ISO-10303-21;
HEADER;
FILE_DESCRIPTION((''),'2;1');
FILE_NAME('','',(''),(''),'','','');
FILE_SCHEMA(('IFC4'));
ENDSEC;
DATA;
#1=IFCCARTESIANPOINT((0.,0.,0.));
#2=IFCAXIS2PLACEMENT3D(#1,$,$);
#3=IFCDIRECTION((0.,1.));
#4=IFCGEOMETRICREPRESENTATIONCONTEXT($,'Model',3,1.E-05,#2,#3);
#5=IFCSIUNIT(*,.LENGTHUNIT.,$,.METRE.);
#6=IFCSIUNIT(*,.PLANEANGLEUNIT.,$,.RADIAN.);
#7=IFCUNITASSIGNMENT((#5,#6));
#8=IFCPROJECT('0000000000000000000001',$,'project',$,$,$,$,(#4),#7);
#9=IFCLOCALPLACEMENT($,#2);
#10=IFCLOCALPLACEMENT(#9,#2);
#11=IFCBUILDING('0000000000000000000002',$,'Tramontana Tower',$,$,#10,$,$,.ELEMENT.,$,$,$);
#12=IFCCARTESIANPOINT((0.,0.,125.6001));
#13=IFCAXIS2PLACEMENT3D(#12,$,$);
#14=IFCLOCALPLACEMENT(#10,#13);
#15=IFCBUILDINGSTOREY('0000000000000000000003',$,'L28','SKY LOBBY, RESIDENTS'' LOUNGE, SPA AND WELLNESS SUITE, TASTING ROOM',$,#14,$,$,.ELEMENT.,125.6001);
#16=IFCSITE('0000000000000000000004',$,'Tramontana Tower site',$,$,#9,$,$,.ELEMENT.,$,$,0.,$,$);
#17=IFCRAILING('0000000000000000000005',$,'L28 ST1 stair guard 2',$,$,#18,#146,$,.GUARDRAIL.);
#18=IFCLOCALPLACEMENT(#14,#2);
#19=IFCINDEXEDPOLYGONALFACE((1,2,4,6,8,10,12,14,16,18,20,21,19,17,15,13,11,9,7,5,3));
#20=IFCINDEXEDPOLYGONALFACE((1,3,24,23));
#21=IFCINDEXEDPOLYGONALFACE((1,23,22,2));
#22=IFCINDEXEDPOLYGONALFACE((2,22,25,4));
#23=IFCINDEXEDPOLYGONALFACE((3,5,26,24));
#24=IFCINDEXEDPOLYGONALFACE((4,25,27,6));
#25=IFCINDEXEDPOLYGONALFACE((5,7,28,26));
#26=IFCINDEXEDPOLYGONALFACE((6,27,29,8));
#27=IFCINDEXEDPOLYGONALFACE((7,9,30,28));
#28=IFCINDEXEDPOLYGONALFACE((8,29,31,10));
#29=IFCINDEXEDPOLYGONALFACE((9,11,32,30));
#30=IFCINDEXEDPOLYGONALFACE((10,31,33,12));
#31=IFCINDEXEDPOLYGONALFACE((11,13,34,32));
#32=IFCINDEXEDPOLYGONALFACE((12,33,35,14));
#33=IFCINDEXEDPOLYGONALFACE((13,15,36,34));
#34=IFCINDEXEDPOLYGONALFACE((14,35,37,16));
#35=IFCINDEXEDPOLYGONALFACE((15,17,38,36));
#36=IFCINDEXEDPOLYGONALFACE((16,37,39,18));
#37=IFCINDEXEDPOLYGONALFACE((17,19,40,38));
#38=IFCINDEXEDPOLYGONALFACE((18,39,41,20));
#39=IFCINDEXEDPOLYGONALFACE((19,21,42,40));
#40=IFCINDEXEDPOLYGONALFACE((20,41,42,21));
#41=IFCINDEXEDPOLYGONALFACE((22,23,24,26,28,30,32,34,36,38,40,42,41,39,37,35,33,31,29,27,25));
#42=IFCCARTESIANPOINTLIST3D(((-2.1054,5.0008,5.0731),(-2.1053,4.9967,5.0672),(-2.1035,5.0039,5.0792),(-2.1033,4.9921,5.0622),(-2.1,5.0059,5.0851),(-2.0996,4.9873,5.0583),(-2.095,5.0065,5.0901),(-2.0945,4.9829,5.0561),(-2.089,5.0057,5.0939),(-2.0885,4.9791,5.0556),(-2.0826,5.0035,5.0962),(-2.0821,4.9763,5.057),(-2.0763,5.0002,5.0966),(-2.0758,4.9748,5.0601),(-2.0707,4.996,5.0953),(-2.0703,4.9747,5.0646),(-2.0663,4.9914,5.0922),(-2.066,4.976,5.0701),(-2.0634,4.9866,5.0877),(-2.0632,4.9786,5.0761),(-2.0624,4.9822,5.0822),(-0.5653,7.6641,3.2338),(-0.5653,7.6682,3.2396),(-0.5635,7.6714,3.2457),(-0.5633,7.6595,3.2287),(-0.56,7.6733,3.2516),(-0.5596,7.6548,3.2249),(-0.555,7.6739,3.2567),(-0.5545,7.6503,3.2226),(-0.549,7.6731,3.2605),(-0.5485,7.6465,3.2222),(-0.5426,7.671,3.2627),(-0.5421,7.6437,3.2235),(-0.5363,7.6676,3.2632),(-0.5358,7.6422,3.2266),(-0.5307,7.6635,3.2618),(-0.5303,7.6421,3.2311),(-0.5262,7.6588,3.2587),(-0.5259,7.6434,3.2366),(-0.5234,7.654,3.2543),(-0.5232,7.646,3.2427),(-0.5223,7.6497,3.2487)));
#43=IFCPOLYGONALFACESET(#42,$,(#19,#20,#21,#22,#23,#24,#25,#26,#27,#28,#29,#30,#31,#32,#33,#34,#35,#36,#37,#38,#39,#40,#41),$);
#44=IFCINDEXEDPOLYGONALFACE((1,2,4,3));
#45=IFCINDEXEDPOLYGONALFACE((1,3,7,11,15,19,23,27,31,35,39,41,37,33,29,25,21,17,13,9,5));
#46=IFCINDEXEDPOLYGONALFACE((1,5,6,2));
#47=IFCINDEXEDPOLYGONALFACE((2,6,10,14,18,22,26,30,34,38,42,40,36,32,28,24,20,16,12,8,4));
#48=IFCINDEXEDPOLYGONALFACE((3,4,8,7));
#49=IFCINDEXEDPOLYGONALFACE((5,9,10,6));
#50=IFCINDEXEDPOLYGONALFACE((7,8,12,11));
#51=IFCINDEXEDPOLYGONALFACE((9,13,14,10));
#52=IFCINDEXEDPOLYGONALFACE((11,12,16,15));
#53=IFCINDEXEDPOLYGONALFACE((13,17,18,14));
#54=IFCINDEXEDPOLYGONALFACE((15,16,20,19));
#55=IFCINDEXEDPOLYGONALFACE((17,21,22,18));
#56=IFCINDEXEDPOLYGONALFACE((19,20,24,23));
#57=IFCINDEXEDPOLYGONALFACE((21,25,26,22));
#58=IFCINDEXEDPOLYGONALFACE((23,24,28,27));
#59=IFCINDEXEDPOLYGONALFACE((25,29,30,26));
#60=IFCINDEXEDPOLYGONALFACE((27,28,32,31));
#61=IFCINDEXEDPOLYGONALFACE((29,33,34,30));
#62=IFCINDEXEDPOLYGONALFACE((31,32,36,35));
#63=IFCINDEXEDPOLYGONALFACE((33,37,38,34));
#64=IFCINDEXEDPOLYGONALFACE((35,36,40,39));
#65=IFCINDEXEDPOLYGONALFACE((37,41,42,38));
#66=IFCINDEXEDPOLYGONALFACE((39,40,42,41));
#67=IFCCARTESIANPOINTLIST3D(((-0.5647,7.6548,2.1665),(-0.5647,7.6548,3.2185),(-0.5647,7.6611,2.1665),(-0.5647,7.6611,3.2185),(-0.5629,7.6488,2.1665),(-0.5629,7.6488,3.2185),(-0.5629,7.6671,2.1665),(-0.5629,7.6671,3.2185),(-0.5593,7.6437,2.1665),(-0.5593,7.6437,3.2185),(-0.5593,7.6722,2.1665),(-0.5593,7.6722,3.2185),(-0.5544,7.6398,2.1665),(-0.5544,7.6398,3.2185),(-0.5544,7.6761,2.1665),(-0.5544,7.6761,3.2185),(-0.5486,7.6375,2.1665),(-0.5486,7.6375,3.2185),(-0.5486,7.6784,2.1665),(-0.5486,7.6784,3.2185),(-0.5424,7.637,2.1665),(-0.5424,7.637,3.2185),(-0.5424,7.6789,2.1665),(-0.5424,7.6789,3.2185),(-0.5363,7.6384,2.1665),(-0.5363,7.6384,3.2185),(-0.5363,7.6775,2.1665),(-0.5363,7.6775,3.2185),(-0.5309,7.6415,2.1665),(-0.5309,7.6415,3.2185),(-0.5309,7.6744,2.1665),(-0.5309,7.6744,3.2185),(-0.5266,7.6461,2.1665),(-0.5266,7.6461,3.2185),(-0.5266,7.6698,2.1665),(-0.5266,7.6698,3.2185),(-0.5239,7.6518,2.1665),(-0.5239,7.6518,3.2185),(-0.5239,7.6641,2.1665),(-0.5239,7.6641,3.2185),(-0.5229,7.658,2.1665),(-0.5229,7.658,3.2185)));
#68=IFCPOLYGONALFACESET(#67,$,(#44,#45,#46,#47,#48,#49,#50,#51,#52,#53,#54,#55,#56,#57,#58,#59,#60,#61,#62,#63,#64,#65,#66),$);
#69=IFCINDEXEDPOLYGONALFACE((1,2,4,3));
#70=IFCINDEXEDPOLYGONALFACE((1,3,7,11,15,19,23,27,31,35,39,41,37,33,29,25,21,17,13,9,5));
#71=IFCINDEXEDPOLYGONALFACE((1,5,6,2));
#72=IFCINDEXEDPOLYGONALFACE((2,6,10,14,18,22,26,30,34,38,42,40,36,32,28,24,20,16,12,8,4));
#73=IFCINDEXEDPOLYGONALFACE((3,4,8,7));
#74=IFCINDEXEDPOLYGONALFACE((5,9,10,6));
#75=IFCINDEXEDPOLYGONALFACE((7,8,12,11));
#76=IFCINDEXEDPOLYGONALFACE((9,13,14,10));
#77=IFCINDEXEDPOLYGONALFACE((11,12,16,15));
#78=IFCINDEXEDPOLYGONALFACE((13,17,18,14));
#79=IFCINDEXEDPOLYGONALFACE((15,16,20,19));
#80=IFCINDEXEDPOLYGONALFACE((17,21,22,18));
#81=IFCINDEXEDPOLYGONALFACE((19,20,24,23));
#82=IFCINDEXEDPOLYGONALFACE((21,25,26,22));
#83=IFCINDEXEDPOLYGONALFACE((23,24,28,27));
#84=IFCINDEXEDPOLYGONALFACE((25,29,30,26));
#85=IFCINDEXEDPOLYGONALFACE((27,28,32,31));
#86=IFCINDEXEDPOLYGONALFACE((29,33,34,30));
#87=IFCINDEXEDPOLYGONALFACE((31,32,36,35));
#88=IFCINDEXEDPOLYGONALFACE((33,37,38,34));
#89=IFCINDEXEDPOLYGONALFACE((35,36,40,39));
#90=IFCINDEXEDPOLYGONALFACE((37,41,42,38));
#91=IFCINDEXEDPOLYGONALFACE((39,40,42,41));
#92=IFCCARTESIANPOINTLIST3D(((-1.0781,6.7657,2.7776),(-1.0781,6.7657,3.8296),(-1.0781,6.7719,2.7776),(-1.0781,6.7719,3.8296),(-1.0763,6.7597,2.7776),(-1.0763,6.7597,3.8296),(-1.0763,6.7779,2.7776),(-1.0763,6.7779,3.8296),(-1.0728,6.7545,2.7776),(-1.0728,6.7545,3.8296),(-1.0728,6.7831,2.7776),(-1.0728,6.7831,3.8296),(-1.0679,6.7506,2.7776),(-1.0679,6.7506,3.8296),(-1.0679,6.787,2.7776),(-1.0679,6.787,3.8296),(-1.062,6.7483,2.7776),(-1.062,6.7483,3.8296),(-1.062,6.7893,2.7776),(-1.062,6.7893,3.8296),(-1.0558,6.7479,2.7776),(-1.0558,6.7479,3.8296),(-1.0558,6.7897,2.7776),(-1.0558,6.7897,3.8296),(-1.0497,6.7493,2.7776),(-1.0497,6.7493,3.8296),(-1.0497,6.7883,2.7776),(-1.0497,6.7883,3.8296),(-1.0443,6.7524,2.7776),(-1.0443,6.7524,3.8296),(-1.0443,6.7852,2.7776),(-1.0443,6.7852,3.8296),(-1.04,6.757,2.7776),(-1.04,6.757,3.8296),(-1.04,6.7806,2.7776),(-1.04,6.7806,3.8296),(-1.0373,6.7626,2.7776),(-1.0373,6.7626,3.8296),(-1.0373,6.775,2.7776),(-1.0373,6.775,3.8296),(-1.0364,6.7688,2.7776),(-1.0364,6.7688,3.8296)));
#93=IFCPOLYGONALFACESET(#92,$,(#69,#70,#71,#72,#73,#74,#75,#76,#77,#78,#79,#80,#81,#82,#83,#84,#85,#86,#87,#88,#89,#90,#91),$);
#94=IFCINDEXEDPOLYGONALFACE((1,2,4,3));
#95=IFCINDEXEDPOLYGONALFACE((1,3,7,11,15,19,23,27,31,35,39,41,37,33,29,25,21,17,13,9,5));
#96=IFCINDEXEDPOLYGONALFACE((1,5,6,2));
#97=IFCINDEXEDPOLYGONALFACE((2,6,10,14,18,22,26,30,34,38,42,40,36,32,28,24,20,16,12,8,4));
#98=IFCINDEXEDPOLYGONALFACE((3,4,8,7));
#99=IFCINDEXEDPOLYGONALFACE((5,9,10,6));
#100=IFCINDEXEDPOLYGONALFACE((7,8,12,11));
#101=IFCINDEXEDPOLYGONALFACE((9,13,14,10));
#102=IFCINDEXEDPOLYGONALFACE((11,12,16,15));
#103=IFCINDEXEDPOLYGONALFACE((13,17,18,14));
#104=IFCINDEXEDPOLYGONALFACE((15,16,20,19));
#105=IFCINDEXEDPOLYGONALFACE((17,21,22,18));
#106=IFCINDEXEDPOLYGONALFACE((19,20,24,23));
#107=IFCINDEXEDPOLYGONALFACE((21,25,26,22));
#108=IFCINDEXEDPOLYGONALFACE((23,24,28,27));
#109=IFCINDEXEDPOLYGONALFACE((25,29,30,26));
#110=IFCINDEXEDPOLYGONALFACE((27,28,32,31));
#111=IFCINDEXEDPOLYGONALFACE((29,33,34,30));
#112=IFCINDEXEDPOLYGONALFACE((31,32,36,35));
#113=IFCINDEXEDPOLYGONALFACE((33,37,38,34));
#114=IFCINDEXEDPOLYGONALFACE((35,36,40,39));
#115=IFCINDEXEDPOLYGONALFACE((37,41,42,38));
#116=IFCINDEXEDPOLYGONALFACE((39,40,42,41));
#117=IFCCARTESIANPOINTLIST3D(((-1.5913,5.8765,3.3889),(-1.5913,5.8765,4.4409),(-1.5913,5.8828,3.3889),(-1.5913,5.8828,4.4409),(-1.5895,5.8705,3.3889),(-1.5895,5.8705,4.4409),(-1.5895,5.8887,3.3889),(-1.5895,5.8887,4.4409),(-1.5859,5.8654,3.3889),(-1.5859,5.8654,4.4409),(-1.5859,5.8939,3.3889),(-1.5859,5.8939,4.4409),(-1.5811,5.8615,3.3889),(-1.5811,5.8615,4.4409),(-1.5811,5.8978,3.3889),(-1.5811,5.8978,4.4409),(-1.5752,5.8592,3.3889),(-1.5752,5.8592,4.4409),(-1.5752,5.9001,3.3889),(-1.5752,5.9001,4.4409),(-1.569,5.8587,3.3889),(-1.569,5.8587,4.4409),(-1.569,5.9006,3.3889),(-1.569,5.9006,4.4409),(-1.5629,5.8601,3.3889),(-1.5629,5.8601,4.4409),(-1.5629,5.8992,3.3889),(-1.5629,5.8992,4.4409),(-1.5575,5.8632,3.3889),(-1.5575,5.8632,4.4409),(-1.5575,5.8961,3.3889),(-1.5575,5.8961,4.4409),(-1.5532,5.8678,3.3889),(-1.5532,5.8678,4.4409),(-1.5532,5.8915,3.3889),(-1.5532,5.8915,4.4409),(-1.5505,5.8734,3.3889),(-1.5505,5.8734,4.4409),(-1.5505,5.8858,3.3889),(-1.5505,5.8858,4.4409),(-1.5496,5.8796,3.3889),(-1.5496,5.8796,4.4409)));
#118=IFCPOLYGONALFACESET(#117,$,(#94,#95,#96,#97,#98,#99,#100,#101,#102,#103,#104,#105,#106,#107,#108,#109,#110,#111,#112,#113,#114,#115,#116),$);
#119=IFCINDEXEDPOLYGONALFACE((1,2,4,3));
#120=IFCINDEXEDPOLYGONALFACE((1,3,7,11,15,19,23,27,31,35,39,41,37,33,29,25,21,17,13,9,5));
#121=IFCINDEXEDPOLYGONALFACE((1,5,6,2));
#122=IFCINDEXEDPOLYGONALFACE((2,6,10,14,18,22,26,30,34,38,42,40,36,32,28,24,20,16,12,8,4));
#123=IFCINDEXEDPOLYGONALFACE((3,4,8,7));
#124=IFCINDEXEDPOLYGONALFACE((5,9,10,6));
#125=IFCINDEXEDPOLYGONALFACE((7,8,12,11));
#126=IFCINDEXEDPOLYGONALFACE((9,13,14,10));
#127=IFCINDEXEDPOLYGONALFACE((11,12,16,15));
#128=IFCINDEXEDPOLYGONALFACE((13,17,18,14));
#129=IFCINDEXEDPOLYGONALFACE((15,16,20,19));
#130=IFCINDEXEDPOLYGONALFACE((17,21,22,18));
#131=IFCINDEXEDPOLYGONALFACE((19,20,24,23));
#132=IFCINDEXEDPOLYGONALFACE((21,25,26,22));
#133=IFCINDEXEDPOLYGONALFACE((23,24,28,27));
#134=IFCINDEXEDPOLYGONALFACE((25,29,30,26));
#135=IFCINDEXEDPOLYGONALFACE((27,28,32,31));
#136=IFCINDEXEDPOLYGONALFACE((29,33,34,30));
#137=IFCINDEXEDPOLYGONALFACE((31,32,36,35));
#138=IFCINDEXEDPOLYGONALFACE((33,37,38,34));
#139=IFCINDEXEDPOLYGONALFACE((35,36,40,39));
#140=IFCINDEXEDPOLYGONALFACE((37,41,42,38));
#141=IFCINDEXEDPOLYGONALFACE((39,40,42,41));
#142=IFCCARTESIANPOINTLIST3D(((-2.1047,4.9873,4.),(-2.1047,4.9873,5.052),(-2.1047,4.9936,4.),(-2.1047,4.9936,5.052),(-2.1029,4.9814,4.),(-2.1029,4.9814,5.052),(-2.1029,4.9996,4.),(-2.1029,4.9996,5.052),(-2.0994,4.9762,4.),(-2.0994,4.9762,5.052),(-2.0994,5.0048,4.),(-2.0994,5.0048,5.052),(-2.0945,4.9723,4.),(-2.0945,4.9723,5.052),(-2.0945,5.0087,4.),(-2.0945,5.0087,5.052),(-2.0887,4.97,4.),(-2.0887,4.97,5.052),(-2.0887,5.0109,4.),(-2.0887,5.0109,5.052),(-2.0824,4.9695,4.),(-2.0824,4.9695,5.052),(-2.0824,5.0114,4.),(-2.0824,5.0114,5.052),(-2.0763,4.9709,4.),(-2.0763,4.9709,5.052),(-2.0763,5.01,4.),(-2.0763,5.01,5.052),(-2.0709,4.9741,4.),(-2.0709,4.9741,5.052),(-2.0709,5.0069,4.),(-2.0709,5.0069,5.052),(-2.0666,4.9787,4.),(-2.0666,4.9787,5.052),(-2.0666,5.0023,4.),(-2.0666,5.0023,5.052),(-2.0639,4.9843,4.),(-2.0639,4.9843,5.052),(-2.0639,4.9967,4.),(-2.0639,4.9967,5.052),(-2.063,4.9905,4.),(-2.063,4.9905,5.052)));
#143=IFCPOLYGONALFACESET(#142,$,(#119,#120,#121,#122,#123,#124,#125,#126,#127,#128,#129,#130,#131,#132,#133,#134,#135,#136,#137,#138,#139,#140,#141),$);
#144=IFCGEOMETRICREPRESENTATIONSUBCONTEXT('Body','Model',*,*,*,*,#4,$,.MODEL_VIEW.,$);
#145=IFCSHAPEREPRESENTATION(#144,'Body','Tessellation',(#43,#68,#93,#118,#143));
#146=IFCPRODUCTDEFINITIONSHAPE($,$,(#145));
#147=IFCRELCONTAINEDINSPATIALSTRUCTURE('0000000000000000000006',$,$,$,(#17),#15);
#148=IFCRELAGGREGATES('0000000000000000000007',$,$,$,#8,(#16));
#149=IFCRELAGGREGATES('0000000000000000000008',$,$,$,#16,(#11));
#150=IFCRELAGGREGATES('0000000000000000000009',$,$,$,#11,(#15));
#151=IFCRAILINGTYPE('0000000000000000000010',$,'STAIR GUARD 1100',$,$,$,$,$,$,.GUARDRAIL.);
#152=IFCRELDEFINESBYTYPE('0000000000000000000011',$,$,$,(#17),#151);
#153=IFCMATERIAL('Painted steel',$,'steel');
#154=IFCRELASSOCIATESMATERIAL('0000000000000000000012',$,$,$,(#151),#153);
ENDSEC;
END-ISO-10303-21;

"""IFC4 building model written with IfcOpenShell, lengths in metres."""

from ifc_helpers import new_model, si_unit, direction, frame, origin, origin_2d, place, context, subcontext, project, spatial, circle, extrude, material, type_object, element, save


model = new_model("IFC4")

# Units and contexts
model_context = context("Model", 3, precision=1e-05, world=origin(), true_north=direction((0.0, 1.0)))
body_context = subcontext(model_context, "Body", "Model", "MODEL_VIEW")
ifc_project = project(units=[si_unit("LENGTHUNIT", "METRE"), si_unit("PLANEANGLEUNIT", "RADIAN")], contexts=[model_context])

# Site, building, storey
site_placement = place(None, origin())
site = spatial("IfcSite", under=ifc_project, at=site_placement, Name="Tramontana Tower site", CompositionType="ELEMENT", RefElevation=0.0)
building_placement = place(site_placement, origin())
building = spatial("IfcBuilding", under=site, at=building_placement, Name="Tramontana Tower", CompositionType="ELEMENT")
storey_placement = place(building_placement, frame((0.0, 0.0, 125.6001)))
storey = spatial("IfcBuildingStorey", under=building, at=storey_placement, Name="L28", Description="SKY LOBBY, RESIDENTS' LOUNGE, SPA AND WELLNESS SUITE, TASTING ROOM", CompositionType="ELEMENT", Elevation=125.6001)

# Railing
ifc_material_1 = material(Name="Painted steel", Category="steel")
railing_type = type_object("IfcRailingType", Name="STAIR GUARD 1100", PredefinedType="GUARDRAIL", material=ifc_material_1)
railing_1_placement = place(storey_placement, frame((-0.5439, 7.658, 2.1665)))
element("IfcRailing", 1, at=railing_1_placement, inside=storey, type_object=railing_type, Name="L28 ST1 stair guard 2", PredefinedType="GUARDRAIL", context=body_context, shape_type="SweptSolid", body=[
    extrude(circle(Radius=0.0239, at=origin_2d()), frame((0.0, 0.0, 1.0762), z_axis=(-0.429634, -0.744164, 0.511502), x_axis=(0.86603, -0.499992, 0.0)), (0.0, 0.0, 1.0), 3.5845),
    extrude(circle(Radius=0.021, at=origin_2d()), origin(), (0.0, 0.0, 1.0), 1.052),
    extrude(circle(Radius=0.021, at=origin_2d()), frame((-0.5134, -0.8892, 0.6111)), (0.0, 0.0, 1.0), 1.052),
    extrude(circle(Radius=0.021, at=origin_2d()), frame((-1.0266, -1.7783, 1.2224)), (0.0, 0.0, 1.0), 1.052),
    extrude(circle(Radius=0.021, at=origin_2d()), frame((-1.54, -2.6675, 1.8335)), (0.0, 0.0, 1.0), 1.052),
])

save(model, "model.ifc")
